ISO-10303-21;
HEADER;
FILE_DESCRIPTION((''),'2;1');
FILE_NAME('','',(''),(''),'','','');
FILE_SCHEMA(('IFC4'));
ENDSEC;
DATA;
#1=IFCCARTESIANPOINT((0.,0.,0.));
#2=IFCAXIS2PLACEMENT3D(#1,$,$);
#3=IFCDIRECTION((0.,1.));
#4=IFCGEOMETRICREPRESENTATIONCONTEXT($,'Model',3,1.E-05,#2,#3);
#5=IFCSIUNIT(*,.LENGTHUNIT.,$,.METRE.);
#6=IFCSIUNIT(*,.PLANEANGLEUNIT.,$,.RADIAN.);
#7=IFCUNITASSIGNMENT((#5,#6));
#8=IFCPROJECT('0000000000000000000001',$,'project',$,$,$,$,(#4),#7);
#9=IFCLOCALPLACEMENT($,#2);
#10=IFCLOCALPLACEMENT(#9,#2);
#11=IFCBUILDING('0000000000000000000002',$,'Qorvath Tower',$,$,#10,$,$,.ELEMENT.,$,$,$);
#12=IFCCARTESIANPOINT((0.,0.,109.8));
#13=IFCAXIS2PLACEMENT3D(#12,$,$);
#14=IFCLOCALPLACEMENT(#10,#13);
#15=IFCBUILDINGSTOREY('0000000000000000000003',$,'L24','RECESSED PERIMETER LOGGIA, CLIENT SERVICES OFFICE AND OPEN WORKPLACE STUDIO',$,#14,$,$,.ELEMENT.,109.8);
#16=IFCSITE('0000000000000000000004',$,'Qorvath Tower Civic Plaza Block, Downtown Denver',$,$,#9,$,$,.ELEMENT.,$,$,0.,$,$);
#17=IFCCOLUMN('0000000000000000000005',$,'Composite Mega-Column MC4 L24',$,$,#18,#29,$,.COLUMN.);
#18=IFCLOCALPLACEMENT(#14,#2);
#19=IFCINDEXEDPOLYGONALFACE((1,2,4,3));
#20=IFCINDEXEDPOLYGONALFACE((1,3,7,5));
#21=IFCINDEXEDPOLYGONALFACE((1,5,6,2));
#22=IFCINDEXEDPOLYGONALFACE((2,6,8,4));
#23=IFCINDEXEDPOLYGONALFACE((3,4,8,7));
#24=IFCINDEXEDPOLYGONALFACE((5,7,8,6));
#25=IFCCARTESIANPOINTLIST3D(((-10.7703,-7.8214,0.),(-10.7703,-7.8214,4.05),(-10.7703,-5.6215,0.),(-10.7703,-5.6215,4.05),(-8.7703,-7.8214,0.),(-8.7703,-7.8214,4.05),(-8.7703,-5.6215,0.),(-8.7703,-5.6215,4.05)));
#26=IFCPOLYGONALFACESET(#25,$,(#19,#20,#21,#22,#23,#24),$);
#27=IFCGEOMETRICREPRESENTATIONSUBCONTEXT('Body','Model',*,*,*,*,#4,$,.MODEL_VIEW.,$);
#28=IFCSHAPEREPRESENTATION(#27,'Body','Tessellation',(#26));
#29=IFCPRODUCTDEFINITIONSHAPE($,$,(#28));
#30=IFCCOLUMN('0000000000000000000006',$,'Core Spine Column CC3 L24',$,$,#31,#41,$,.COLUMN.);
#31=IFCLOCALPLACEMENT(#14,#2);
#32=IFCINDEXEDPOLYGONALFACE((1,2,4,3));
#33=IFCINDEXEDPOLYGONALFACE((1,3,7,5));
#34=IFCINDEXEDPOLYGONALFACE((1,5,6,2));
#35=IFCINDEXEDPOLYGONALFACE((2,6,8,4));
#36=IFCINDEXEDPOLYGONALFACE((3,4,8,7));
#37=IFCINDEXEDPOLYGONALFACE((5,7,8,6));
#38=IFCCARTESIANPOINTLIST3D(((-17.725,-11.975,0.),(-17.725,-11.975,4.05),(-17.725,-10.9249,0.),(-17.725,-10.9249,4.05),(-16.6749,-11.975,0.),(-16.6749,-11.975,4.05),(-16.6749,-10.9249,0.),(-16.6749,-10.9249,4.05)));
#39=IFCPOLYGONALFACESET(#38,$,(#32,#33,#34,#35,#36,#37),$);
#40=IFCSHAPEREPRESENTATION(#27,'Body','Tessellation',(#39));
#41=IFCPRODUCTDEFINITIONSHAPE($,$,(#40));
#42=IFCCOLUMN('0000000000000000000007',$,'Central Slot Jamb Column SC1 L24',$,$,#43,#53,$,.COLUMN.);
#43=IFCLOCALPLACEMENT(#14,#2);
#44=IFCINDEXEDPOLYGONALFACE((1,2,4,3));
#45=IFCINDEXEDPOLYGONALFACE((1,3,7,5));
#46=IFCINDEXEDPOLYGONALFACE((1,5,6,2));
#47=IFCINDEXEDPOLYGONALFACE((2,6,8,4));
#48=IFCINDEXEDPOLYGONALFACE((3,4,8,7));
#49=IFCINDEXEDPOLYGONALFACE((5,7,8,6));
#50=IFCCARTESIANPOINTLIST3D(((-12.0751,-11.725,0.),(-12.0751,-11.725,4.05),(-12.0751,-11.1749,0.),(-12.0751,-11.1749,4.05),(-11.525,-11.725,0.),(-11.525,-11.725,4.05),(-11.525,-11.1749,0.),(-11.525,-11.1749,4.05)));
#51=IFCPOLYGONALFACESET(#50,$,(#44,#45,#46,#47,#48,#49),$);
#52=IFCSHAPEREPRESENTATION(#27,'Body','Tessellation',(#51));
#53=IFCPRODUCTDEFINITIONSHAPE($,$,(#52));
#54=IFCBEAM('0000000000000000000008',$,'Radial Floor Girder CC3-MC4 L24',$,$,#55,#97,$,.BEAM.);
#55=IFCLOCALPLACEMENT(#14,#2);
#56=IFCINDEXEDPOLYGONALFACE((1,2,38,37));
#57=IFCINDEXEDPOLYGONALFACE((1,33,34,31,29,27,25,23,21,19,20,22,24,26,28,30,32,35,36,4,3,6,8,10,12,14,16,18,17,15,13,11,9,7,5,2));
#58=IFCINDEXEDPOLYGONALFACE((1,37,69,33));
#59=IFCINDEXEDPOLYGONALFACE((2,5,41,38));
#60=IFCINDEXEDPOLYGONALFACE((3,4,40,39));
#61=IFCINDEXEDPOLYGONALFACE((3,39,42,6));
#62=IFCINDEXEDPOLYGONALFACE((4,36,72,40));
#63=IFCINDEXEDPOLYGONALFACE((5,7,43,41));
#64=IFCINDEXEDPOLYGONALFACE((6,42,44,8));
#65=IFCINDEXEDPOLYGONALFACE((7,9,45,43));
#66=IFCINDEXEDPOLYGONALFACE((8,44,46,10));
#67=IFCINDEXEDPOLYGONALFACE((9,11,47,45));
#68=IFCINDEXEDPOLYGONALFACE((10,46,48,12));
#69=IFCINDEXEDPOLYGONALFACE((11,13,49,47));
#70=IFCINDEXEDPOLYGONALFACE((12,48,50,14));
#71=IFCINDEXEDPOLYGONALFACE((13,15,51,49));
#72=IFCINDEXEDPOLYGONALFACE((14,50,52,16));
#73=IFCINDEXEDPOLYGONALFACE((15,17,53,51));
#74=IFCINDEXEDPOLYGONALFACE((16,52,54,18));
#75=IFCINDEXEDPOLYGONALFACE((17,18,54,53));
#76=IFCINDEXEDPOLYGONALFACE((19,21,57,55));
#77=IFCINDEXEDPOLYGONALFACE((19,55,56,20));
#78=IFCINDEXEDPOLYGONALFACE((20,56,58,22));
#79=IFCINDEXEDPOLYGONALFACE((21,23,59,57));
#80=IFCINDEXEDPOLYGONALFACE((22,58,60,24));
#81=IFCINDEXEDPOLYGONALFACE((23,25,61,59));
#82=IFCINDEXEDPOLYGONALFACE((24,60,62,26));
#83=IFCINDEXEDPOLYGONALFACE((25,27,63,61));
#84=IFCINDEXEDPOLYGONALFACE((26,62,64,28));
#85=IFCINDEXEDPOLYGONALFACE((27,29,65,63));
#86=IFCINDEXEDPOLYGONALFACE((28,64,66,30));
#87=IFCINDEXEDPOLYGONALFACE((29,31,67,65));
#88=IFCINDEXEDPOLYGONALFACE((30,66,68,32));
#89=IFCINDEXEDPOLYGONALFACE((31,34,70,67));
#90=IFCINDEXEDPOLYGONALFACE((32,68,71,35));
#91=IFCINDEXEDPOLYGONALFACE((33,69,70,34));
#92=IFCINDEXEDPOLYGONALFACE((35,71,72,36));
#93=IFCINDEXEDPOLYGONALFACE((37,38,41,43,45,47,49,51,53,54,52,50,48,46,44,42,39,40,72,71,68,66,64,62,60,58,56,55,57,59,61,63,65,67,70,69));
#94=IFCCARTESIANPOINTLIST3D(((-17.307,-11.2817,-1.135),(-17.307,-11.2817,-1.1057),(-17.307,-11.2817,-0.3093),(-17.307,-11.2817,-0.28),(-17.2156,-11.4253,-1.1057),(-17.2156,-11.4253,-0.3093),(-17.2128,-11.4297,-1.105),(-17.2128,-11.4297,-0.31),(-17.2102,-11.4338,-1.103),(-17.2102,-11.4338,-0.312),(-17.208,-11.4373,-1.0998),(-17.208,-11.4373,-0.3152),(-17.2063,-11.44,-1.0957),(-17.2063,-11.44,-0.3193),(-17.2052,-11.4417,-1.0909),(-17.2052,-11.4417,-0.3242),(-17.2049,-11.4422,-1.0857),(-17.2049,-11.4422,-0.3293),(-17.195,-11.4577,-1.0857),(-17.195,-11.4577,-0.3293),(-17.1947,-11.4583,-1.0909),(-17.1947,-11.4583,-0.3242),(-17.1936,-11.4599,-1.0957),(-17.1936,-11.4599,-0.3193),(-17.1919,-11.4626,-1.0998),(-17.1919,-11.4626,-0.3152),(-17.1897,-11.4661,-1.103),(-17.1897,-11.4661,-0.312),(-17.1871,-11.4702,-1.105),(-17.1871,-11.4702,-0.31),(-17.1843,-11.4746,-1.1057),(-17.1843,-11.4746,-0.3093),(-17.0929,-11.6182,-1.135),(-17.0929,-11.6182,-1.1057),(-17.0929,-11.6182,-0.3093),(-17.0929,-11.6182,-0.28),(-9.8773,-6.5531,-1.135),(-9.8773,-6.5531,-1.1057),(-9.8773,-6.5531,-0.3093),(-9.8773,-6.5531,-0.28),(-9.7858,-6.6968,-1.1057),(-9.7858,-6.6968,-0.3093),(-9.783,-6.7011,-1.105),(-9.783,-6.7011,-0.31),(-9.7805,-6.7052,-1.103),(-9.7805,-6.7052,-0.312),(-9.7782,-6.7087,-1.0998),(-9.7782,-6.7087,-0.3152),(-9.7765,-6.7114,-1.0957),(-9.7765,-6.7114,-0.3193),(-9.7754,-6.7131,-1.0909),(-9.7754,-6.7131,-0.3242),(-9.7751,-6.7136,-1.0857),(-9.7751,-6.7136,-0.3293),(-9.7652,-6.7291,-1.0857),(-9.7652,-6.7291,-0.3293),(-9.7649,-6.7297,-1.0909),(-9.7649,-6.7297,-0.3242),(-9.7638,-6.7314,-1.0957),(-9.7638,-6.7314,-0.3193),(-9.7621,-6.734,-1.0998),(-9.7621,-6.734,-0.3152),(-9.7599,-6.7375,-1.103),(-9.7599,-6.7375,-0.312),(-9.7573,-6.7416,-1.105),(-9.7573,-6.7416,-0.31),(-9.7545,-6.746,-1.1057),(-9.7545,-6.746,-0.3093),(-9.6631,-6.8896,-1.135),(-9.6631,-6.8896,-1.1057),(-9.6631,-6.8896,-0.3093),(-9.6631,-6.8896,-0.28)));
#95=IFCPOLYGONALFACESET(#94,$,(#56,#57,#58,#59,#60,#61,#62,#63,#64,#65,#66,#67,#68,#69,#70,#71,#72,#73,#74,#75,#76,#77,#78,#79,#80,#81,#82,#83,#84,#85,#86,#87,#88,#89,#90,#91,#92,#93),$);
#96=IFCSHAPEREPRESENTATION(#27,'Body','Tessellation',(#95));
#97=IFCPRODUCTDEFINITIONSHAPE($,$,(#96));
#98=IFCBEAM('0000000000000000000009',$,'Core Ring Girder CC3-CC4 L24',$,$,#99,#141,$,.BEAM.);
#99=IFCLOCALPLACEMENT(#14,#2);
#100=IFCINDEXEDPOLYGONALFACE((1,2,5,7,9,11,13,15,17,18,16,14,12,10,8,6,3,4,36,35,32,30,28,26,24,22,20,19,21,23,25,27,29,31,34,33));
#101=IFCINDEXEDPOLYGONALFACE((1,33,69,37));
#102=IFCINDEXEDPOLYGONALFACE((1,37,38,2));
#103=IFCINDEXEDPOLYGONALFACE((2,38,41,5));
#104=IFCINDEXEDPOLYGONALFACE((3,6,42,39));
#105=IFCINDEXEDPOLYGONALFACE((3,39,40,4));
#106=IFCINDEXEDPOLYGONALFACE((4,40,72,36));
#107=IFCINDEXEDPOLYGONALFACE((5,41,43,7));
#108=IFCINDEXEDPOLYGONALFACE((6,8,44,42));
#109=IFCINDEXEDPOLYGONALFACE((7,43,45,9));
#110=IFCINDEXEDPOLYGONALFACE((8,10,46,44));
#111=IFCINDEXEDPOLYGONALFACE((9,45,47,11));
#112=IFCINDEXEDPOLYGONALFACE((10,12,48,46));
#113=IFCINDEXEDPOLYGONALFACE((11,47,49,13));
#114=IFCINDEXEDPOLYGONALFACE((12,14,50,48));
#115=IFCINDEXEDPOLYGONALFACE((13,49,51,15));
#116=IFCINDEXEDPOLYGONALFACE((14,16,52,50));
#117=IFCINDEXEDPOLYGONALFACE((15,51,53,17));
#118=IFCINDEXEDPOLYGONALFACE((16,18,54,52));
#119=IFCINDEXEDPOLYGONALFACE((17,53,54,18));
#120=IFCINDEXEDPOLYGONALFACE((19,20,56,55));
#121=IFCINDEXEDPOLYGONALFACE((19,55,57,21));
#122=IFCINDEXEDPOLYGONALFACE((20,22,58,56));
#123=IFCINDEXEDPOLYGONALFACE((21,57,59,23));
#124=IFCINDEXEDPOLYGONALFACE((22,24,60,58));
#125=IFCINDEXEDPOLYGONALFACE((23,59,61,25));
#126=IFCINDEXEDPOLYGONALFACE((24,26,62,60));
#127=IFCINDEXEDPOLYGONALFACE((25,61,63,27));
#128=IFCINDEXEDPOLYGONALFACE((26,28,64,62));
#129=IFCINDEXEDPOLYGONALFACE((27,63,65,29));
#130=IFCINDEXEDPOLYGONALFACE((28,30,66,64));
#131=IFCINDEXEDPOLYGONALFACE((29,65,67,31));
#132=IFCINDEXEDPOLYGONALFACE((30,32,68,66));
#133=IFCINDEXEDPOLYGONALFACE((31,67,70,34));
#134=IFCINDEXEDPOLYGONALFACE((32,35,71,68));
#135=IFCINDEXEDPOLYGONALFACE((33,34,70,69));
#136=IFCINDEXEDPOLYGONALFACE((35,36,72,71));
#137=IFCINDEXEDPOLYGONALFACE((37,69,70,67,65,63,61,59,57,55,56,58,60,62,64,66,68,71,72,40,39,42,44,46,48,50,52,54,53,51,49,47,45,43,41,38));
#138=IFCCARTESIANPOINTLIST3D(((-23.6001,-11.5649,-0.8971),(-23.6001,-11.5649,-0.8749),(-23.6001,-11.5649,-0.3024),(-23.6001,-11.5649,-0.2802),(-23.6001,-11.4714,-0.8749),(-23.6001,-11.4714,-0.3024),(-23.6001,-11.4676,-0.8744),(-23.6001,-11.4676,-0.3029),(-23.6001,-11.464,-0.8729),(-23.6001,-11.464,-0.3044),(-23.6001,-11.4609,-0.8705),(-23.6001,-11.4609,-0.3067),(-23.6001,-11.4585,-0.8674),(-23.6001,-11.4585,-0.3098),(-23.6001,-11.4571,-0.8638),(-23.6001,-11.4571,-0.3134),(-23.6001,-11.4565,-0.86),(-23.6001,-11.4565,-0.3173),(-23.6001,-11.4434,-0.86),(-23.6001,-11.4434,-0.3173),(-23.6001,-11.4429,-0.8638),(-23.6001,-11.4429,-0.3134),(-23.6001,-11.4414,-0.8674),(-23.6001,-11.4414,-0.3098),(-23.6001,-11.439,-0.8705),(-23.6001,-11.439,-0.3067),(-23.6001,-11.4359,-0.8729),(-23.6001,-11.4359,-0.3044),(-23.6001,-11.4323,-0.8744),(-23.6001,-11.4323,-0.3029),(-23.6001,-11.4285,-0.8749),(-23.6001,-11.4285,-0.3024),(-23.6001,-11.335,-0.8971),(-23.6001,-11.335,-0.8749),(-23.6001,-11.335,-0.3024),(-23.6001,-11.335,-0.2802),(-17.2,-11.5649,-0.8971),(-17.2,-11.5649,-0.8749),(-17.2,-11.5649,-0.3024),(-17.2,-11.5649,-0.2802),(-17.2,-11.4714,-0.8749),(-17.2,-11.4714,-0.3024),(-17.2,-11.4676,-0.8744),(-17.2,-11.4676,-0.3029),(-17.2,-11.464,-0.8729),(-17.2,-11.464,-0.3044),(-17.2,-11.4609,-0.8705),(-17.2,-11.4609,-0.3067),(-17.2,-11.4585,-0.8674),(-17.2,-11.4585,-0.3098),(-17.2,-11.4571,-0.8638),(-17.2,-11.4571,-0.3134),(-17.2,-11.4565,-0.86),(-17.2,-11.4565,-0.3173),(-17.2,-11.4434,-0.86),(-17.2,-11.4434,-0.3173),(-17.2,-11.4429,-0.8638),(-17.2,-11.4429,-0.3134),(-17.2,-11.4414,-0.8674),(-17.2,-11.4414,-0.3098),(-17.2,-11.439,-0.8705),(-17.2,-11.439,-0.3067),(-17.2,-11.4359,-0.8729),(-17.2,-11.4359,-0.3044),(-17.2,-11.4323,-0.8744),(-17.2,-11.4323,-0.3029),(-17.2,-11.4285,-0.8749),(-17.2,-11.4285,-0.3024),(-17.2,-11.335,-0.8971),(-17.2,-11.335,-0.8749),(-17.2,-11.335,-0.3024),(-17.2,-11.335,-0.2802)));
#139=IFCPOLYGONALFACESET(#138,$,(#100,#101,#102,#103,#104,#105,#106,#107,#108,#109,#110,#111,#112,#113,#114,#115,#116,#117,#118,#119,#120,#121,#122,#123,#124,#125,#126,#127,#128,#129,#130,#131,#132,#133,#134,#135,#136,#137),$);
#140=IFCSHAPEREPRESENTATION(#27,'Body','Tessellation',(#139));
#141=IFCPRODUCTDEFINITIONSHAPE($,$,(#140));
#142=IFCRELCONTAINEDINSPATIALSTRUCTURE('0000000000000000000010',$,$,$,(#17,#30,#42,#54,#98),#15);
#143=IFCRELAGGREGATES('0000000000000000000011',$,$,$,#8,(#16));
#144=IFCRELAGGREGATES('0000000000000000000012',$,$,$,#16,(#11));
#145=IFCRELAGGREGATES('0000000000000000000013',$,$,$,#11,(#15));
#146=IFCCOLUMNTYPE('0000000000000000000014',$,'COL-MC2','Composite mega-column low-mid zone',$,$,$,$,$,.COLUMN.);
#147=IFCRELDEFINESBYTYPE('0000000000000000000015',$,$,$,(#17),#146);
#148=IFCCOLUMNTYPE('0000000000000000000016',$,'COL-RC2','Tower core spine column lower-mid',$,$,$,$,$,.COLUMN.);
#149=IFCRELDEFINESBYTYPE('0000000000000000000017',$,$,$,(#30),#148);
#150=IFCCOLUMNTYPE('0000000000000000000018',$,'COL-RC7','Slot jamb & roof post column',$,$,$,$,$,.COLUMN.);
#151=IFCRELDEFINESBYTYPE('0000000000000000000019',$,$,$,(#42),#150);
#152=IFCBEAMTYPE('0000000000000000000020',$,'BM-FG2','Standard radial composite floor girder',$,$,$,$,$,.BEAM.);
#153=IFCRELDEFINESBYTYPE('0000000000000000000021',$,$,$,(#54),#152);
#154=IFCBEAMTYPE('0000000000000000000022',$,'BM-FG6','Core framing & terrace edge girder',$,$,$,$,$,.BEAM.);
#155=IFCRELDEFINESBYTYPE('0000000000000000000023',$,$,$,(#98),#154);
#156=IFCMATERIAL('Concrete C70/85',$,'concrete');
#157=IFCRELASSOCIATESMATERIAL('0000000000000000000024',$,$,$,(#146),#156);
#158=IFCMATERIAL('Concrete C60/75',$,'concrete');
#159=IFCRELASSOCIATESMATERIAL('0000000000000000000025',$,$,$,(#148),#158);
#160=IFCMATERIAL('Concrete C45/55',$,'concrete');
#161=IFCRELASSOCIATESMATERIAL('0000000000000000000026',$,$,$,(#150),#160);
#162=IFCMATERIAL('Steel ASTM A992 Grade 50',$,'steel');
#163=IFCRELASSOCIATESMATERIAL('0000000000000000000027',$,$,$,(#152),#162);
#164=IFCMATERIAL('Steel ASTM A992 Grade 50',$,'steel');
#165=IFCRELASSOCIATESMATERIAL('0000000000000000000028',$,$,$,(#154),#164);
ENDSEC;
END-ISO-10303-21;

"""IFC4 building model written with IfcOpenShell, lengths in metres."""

from ifc_helpers import new_model, si_unit, direction, frame, origin, origin_2d, place, context, subcontext, project, spatial, rectangle, i_section, extrude, material, material_profile, profile_set, type_object, element, save


model = new_model("IFC4")

# Units and contexts
model_context = context("Model", 3, precision=1e-05, world=origin(), true_north=direction((0.0, 1.0)))
body_context = subcontext(model_context, "Body", "Model", "MODEL_VIEW")
ifc_project = project(units=[si_unit("LENGTHUNIT", "METRE"), si_unit("PLANEANGLEUNIT", "RADIAN")], contexts=[model_context])

# Site, building, storey
site_placement = place(None, origin())
site = spatial("IfcSite", under=ifc_project, at=site_placement, Name="Qorvath Tower Civic Plaza Block, Downtown Denver", CompositionType="ELEMENT", RefElevation=0.0)
building_placement = place(site_placement, origin())
building = spatial("IfcBuilding", under=site, at=building_placement, Name="Qorvath Tower", CompositionType="ELEMENT")
storey_placement = place(building_placement, frame((0.0, 0.0, 109.8)))
storey = spatial("IfcBuildingStorey", under=building, at=storey_placement, Name="L24", Description="RECESSED PERIMETER LOGGIA, CLIENT SERVICES OFFICE AND OPEN WORKPLACE STUDIO", CompositionType="ELEMENT", Elevation=109.8)

# Columns
ifc_material_1 = material(Name="Concrete C70/85", Category="concrete")
ifc_material_profile_1 = material_profile(ifc_material_1, rectangle(XDim=2.0, YDim=2.2, at=origin_2d()), Name="MC 2200x2000")
ifc_profile_set_1 = profile_set([ifc_material_profile_1], Name="Concrete C70/85")
column_type_1 = type_object("IfcColumnType", Name="COL-MC2", Description="Composite mega-column low-mid zone", PredefinedType="COLUMN", material=ifc_profile_set_1)
column_1_placement = place(storey_placement, frame((-9.7703, -6.7214, 0.0), z_axis=(0.0, 0.0, 1.0), x_axis=(1.0, 0.0, 0.0)))
element("IfcColumn", 1, at=column_1_placement, inside=storey, type_object=column_type_1, Name="Composite Mega-Column MC4 L24", PredefinedType="COLUMN", context=body_context, shape_type="SweptSolid", body=[
    extrude(rectangle(XDim=2.0, YDim=2.2, at=origin_2d()), origin(), (0.0, 0.0, 1.0), 4.05),
])
ifc_material_2 = material(Name="Concrete C60/75", Category="concrete")
ifc_material_profile_2 = material_profile(ifc_material_2, rectangle(XDim=1.05, YDim=1.05, at=origin_2d()), Name="RC 1050x1050")
ifc_profile_set_2 = profile_set([ifc_material_profile_2], Name="Concrete C60/75")
column_type_2 = type_object("IfcColumnType", Name="COL-RC2", Description="Tower core spine column lower-mid", PredefinedType="COLUMN", material=ifc_profile_set_2)
column_2_placement = place(storey_placement, frame((-17.2, -11.45, 0.0), z_axis=(0.0, 0.0, 1.0), x_axis=(1.0, 0.0, 0.0)))
element("IfcColumn", 2, at=column_2_placement, inside=storey, type_object=column_type_2, Name="Core Spine Column CC3 L24", PredefinedType="COLUMN", context=body_context, shape_type="SweptSolid", body=[
    extrude(rectangle(XDim=1.05, YDim=1.05, at=origin_2d()), origin(), (0.0, 0.0, 1.0), 4.05),
])
ifc_material_3 = material(Name="Concrete C45/55", Category="concrete")
ifc_material_profile_3 = material_profile(ifc_material_3, rectangle(XDim=0.55, YDim=0.55, at=origin_2d()), Name="RC 550x550")
ifc_profile_set_3 = profile_set([ifc_material_profile_3], Name="Concrete C45/55")
column_type_3 = type_object("IfcColumnType", Name="COL-RC7", Description="Slot jamb & roof post column", PredefinedType="COLUMN", material=ifc_profile_set_3)
column_3_placement = place(storey_placement, frame((-11.8, -11.45, 0.0), z_axis=(0.0, 0.0, 1.0), x_axis=(1.0, 0.0, 0.0)))
element("IfcColumn", 3, at=column_3_placement, inside=storey, type_object=column_type_3, Name="Central Slot Jamb Column SC1 L24", PredefinedType="COLUMN", context=body_context, shape_type="SweptSolid", body=[
    extrude(rectangle(XDim=0.55, YDim=0.55, at=origin_2d()), origin(), (0.0, 0.0, 1.0), 4.05),
])

# Beams
ifc_material_4 = material(Name="Steel ASTM A992 Grade 50", Category="steel")
ifc_material_profile_4 = material_profile(ifc_material_4, i_section(OverallWidth=0.3989, OverallDepth=0.855, WebThickness=0.0183, FlangeThickness=0.0293, FilletRadius=0.02, at=origin_2d()), Name="W33x201")
ifc_profile_set_4 = profile_set([ifc_material_profile_4], Name="Steel ASTM A992 Grade 50")
beam_type_1 = type_object("IfcBeamType", Name="BM-FG2", Description="Standard radial composite floor girder", PredefinedType="BEAM", material=ifc_profile_set_4)
beam_1_placement = place(storey_placement, frame((-17.2, -11.45, -0.7075), z_axis=(0.843634, 0.536919, 0.0), x_axis=(-0.536919, 0.843634, 0.0)))
element("IfcBeam", 4, at=beam_1_placement, inside=storey, type_object=beam_type_1, Name="Radial Floor Girder CC3-MC4 L24", PredefinedType="BEAM", context=body_context, shape_type="SweptSolid", body=[
    extrude(i_section(OverallWidth=0.3989, OverallDepth=0.855, WebThickness=0.0183, FlangeThickness=0.0293, FilletRadius=0.02, at=origin_2d()), origin(), (0.0, 0.0, 1.0), 8.8069),
])
ifc_material_5 = material(Name="Steel ASTM A992 Grade 50", Category="steel")
ifc_material_profile_5 = material_profile(ifc_material_5, i_section(OverallWidth=0.23, OverallDepth=0.6169, WebThickness=0.0132, FlangeThickness=0.0222, FilletRadius=0.0149, at=origin_2d()), Name="W24x94")
ifc_profile_set_5 = profile_set([ifc_material_profile_5], Name="Steel ASTM A992 Grade 50")
beam_type_2 = type_object("IfcBeamType", Name="BM-FG6", Description="Core framing & terrace edge girder", PredefinedType="BEAM", material=ifc_profile_set_5)
beam_2_placement = place(storey_placement, frame((-17.2, -11.45, -0.5886), z_axis=(-1.0, 0.0, 0.0), x_axis=(0.0, -1.0, 0.0)))
element("IfcBeam", 5, at=beam_2_placement, inside=storey, type_object=beam_type_2, Name="Core Ring Girder CC3-CC4 L24", PredefinedType="BEAM", context=body_context, shape_type="SweptSolid", body=[
    extrude(i_section(OverallWidth=0.23, OverallDepth=0.6169, WebThickness=0.0132, FlangeThickness=0.0222, FilletRadius=0.0149, at=origin_2d()), origin(), (0.0, 0.0, 1.0), 6.4001),
])

save(model, "model.ifc")
